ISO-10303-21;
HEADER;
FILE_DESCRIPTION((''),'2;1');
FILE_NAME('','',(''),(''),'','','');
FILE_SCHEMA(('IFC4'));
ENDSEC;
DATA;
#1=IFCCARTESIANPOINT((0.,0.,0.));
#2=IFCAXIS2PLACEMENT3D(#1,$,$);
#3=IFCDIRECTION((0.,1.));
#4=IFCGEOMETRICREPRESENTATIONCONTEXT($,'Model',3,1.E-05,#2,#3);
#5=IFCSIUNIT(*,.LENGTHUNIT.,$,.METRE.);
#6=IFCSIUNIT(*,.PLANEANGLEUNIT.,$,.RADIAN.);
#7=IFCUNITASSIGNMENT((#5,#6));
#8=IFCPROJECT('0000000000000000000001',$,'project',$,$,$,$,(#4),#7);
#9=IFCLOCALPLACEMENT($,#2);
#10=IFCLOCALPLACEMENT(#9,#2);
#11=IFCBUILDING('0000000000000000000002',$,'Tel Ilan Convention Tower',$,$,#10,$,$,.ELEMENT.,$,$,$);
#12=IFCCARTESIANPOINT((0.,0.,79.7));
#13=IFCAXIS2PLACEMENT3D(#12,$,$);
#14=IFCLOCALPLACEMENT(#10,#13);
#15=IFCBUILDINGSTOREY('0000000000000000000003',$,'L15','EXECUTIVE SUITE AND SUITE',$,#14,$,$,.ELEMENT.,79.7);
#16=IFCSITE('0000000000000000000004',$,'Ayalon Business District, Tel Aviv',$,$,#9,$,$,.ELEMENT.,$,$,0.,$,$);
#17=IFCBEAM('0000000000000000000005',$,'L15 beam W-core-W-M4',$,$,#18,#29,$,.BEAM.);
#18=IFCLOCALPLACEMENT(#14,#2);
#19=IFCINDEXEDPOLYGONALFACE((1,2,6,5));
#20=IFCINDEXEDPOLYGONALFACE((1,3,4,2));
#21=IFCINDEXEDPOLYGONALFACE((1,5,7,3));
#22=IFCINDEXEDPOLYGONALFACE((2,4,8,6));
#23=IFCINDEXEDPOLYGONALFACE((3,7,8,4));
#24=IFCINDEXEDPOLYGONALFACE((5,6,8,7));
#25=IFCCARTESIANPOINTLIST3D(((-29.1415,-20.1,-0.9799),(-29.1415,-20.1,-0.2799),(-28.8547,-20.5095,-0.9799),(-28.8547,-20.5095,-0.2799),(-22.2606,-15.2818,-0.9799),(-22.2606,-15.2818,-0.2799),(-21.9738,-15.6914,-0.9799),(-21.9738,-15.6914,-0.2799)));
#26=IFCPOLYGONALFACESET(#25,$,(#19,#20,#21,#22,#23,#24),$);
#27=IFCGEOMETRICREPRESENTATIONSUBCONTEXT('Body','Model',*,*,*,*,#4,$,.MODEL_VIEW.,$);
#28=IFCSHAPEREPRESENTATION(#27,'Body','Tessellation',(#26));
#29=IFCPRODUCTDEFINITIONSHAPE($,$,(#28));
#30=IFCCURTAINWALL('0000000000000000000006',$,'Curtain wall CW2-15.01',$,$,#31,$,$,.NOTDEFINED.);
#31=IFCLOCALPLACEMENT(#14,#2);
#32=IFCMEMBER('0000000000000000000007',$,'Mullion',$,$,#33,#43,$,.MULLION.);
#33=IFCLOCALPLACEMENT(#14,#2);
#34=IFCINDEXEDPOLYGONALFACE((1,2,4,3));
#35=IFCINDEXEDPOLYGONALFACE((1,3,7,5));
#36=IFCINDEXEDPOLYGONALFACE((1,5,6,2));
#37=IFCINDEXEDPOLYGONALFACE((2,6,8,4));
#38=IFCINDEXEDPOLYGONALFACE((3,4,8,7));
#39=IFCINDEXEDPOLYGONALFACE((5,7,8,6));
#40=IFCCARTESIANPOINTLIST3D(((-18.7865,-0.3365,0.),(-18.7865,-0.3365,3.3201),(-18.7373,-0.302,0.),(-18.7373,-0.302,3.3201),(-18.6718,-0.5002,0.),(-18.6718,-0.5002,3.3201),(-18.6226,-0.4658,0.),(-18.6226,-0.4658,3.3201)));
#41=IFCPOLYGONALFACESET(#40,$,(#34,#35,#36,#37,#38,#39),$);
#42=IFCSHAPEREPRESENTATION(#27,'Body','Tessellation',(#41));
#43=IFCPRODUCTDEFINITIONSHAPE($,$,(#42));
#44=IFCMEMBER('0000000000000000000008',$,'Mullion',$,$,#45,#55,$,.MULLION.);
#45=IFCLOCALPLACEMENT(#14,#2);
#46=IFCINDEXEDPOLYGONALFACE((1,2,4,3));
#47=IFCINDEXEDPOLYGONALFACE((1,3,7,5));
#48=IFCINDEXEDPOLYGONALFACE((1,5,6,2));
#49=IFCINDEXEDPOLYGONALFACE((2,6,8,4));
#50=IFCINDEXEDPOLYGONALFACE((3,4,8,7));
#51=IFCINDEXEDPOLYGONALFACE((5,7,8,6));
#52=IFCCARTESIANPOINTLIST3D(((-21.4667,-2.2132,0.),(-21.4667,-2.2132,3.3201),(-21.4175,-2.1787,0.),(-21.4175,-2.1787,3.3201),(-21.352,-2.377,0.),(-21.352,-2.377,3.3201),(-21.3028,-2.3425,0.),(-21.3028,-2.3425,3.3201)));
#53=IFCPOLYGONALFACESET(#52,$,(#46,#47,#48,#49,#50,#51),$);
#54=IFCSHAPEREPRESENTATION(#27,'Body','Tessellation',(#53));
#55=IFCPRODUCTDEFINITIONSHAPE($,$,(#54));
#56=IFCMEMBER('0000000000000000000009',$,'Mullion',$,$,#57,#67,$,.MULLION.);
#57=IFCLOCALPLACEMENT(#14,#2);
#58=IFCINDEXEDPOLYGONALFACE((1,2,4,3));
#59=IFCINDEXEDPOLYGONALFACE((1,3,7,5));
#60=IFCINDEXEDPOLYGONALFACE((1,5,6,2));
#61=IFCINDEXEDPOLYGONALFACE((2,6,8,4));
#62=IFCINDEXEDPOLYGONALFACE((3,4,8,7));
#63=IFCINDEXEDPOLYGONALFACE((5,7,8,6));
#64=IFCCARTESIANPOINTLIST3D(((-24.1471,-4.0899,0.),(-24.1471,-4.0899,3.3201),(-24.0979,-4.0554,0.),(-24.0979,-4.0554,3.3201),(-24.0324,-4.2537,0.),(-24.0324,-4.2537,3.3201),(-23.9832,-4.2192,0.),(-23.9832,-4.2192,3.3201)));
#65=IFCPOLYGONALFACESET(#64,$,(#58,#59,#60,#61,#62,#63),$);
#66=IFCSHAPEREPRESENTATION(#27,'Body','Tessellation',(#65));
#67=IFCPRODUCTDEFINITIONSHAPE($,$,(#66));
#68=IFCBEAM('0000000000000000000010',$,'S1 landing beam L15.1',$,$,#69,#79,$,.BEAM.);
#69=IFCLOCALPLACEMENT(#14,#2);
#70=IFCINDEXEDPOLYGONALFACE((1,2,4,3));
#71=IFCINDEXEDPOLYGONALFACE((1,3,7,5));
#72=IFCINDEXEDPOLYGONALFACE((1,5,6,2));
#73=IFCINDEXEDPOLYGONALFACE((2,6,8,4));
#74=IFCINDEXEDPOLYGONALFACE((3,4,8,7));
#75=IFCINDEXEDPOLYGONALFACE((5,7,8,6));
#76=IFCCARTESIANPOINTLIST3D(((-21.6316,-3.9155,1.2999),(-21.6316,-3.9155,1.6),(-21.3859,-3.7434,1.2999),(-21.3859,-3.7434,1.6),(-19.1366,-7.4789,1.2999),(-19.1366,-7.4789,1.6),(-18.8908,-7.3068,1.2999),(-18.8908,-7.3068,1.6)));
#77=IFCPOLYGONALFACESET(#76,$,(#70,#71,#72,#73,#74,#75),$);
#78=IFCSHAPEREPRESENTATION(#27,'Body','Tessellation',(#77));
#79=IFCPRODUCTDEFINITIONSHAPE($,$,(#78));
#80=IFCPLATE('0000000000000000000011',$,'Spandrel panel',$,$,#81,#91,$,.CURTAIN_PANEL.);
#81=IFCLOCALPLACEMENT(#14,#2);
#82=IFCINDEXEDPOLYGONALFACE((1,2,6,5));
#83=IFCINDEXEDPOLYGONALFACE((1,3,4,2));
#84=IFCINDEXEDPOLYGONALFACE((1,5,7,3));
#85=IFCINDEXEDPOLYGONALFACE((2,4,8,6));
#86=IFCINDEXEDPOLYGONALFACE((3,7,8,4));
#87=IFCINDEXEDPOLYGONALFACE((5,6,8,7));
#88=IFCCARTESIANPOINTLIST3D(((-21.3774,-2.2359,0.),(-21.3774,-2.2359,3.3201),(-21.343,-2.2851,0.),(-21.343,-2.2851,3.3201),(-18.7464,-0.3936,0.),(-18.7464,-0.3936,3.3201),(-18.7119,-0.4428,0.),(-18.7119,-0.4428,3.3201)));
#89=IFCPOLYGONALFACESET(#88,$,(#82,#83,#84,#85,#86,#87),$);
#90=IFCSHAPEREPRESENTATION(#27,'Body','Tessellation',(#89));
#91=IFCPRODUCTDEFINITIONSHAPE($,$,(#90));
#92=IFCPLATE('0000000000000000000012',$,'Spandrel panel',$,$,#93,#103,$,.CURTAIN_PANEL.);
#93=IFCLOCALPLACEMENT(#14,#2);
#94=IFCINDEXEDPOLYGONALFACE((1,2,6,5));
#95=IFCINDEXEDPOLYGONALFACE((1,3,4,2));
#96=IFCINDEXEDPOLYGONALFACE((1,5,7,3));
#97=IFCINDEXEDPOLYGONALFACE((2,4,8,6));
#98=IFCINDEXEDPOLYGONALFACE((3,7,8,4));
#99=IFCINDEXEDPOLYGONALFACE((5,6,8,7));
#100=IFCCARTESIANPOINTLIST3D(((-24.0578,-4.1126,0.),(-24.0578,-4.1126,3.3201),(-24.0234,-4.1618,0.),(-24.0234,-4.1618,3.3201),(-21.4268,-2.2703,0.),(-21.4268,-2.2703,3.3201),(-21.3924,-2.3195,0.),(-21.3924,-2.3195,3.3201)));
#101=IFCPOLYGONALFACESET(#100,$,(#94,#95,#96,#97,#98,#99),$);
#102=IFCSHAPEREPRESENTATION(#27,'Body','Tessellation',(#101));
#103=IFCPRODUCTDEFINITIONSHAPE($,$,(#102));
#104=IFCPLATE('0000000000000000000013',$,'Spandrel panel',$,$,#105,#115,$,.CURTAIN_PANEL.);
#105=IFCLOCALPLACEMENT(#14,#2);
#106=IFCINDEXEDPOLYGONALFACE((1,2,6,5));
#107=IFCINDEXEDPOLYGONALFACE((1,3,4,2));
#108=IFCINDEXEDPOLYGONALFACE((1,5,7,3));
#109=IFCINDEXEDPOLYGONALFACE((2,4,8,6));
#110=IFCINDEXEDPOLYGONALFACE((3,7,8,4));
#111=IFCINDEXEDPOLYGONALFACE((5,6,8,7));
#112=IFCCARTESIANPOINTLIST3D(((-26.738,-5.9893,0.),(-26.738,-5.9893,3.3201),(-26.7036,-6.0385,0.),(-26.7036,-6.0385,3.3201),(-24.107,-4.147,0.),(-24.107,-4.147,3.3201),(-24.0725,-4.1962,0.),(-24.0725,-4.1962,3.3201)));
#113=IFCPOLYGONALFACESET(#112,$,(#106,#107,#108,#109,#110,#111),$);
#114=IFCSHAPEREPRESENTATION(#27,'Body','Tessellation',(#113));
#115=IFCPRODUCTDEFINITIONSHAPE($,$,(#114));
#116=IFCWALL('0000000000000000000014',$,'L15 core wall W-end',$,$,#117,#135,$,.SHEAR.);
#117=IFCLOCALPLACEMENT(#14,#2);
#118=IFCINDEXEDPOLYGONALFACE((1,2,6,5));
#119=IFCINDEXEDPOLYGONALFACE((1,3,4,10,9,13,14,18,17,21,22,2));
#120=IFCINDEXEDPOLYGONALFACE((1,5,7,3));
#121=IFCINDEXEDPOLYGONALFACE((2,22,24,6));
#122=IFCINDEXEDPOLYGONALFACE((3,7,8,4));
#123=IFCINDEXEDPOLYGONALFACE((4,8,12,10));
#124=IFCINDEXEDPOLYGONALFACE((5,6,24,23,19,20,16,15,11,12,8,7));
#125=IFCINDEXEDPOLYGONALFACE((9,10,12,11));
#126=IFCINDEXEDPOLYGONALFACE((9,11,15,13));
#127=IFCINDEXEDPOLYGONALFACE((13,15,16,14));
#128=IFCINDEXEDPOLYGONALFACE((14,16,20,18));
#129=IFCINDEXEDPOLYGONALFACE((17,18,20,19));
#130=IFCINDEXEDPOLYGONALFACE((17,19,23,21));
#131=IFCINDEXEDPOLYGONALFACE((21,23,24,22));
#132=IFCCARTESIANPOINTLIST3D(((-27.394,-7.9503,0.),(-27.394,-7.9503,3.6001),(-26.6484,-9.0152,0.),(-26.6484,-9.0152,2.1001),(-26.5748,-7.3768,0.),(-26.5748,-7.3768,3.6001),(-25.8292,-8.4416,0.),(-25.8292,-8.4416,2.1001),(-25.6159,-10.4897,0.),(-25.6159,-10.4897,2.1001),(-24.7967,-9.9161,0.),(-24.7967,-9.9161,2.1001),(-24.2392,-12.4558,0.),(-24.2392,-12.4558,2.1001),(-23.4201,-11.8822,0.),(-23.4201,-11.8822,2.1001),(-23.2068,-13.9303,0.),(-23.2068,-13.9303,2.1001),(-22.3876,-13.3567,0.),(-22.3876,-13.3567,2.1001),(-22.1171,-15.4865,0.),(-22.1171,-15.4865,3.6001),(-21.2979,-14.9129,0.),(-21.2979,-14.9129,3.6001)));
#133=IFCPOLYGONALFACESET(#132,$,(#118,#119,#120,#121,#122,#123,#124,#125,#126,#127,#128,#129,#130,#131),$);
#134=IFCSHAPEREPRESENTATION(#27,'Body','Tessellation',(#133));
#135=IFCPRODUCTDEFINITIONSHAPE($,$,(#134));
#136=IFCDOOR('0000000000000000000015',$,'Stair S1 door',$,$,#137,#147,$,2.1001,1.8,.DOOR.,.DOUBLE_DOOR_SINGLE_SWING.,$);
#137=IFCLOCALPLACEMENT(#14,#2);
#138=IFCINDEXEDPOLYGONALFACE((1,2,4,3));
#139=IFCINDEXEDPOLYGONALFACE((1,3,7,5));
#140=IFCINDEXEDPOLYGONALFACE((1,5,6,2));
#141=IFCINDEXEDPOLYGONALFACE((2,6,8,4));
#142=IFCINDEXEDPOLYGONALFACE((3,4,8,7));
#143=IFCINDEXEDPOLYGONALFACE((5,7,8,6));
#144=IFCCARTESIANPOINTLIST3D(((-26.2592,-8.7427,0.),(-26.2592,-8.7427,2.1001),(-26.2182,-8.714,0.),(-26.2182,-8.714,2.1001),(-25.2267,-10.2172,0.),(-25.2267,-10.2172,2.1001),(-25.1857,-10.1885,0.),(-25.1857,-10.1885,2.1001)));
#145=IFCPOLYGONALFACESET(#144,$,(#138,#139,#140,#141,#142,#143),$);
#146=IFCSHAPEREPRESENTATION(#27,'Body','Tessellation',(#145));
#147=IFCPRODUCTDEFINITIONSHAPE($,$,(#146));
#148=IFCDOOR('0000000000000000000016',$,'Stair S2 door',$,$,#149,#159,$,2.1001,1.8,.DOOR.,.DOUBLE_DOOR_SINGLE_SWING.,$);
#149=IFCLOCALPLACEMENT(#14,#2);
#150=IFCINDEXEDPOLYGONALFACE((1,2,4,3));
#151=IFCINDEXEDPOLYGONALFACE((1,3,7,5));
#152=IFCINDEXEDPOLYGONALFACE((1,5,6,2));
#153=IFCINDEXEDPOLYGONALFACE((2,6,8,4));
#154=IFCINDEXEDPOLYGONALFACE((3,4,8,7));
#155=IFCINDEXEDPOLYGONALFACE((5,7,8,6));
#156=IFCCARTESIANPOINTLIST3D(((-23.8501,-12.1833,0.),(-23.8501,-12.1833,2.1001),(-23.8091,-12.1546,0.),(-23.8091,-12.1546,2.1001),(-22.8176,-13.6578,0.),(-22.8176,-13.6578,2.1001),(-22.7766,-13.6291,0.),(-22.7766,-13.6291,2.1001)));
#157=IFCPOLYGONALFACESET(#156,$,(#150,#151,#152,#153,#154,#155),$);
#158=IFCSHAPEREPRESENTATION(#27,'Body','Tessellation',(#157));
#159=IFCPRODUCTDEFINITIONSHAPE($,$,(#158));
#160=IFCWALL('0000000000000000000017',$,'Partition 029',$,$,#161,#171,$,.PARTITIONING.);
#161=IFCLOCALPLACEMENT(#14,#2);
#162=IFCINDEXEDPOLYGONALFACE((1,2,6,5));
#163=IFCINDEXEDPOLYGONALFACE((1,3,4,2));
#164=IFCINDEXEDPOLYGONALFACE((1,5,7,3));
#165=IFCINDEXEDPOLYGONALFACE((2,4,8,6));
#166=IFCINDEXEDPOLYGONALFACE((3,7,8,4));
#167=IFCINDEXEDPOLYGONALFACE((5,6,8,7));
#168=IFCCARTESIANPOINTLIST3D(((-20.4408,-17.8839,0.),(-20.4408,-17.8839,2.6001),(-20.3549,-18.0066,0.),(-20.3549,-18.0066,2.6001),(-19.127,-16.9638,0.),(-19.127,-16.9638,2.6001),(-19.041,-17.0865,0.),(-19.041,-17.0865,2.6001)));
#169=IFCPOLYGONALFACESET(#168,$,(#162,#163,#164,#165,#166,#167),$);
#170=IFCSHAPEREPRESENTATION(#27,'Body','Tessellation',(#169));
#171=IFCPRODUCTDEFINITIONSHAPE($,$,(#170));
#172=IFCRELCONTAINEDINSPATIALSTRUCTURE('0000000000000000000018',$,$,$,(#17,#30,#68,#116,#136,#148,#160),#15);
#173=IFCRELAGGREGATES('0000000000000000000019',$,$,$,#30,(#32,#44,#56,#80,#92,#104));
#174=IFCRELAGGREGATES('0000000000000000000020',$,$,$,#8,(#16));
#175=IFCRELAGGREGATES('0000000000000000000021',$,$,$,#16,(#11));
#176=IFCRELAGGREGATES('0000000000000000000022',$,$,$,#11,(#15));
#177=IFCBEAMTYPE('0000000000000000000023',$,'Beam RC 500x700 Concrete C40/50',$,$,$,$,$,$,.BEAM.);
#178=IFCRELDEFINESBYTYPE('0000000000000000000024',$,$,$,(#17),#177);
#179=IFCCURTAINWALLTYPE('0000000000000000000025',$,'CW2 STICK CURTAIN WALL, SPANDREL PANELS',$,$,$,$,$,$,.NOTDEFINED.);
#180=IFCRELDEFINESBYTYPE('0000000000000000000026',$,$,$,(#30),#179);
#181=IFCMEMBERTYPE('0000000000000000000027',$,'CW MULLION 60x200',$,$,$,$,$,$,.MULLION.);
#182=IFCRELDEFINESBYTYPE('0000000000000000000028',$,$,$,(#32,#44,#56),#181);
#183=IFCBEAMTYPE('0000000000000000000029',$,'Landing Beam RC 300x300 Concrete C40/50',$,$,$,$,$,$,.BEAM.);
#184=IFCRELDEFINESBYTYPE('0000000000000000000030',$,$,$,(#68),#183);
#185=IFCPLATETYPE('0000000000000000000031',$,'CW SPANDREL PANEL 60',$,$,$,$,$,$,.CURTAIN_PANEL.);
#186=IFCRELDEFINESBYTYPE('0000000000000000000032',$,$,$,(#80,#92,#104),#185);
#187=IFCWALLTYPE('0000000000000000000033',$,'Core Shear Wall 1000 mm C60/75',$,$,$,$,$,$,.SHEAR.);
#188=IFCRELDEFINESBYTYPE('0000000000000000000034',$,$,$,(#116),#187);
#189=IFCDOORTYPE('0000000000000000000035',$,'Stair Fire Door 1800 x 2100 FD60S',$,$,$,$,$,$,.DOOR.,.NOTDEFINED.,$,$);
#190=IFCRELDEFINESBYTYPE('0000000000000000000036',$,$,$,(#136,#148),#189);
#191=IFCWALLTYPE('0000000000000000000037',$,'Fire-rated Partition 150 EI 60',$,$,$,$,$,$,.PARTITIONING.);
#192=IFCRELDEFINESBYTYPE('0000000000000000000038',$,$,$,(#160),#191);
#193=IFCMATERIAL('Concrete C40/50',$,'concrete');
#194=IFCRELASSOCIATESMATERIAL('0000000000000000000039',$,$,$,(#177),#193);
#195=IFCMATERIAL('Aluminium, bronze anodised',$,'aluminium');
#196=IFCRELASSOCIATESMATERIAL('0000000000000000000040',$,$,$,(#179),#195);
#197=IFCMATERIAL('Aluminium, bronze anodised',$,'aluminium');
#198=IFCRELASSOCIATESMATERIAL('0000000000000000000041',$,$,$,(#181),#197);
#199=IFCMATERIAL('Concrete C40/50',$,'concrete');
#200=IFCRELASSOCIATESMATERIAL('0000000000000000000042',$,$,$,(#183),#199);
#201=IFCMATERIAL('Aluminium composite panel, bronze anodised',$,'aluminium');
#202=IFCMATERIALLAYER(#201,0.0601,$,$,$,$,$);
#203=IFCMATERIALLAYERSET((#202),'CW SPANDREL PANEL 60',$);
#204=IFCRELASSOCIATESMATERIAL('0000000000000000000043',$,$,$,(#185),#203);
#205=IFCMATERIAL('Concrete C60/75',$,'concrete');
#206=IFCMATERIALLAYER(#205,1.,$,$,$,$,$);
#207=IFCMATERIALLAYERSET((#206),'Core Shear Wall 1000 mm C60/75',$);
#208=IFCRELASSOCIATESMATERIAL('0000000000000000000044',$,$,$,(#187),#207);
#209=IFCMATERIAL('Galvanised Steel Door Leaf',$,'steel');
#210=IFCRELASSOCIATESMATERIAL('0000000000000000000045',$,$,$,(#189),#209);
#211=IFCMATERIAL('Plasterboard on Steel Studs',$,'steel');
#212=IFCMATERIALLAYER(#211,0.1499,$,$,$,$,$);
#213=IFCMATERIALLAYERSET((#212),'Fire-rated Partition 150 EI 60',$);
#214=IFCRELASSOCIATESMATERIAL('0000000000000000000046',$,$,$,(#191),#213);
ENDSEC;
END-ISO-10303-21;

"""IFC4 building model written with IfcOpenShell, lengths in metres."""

from ifc_helpers import new_model, si_unit, direction, frame, frame_2d, origin, origin_2d, place, context, subcontext, project, spatial, polyline, rectangle, outline, extrude, material, layer, layer_set, material_profile, profile_set, type_object, element, fill, aggregate, save


model = new_model("IFC4")

# Units and contexts
model_context = context("Model", 3, precision=1e-05, world=origin(), true_north=direction((0.0, 1.0)))
body_context = subcontext(model_context, "Body", "Model", "MODEL_VIEW")
ifc_project = project(units=[si_unit("LENGTHUNIT", "METRE"), si_unit("PLANEANGLEUNIT", "RADIAN")], contexts=[model_context])

# Site, building, storey
site_placement = place(None, origin())
site = spatial("IfcSite", under=ifc_project, at=site_placement, Name="Ayalon Business District, Tel Aviv", CompositionType="ELEMENT", RefElevation=0.0)
building_placement = place(site_placement, origin())
building = spatial("IfcBuilding", under=site, at=building_placement, Name="Tel Ilan Convention Tower", CompositionType="ELEMENT")
storey_placement = place(building_placement, frame((0.0, 0.0, 79.7)))
storey = spatial("IfcBuildingStorey", under=building, at=storey_placement, Name="L15", Description="EXECUTIVE SUITE AND SUITE", CompositionType="ELEMENT", Elevation=79.7)

# Beam
ifc_material_1 = material(Name="Concrete C40/50", Category="concrete")
ifc_material_profile_1 = material_profile(ifc_material_1, rectangle(XDim=0.5, YDim=0.7, at=origin_2d()), Name="RC 500x700")
ifc_profile_set_1 = profile_set([ifc_material_profile_1], Name="Concrete C40/50")
beam_type_1 = type_object("IfcBeamType", Name="Beam RC 500x700 Concrete C40/50", PredefinedType="BEAM", material=ifc_profile_set_1)
beam_1_placement = place(storey_placement, frame((-22.1172, -15.4866, -0.6299), z_axis=(-0.819147, -0.573583, 0.0), x_axis=(0.573583, -0.819147, 0.0)))
element("IfcBeam", 1, at=beam_1_placement, inside=storey, type_object=beam_type_1, Name="L15 beam W-core-W-M4", PredefinedType="BEAM", context=body_context, shape_type="SweptSolid", body=[
    extrude(rectangle(XDim=0.5, YDim=0.7, at=origin_2d()), origin(), (0.0, 0.0, 1.0), 8.4001),
])

# Curtain wall, members
ifc_material_2 = material(Name="Aluminium, bronze anodised", Category="aluminium")
curtain_wall_type = type_object("IfcCurtainWallType", Name="CW2 STICK CURTAIN WALL, SPANDREL PANELS", PredefinedType="NOTDEFINED", material=ifc_material_2)
curtain_wall_placement = place(storey_placement, origin())
curtain_wall = element("IfcCurtainWall", 2, at=curtain_wall_placement, inside=storey, type_object=curtain_wall_type, Name="Curtain wall CW2-15.01", PredefinedType="NOTDEFINED")
ifc_material_3 = material(Name="Aluminium, bronze anodised", Category="aluminium")
ifc_material_profile_2 = material_profile(ifc_material_3, rectangle(XDim=0.0601, YDim=0.2, at=origin_2d()), Name="CW MULLION 60x200")
ifc_profile_set_2 = profile_set([ifc_material_profile_2], Name="Aluminium, bronze anodised")
member_type = type_object("IfcMemberType", Name="CW MULLION 60x200", PredefinedType="MULLION", material=ifc_profile_set_2)
member_1_placement = place(storey_placement, frame((-18.7046, -0.4011, 0.0), z_axis=(0.0, 0.0, 1.0), x_axis=(-0.819152, -0.573576, 0.0)))
member_1 = element("IfcMember", 3, at=member_1_placement, type_object=member_type, Name="Mullion", PredefinedType="MULLION", context=body_context, shape_type="SweptSolid", body=[
    extrude(rectangle(XDim=0.0601, YDim=0.2, at=origin_2d()), origin(), (0.0, 0.0, 1.0), 3.3201),
])
member_2_placement = place(storey_placement, frame((-21.3848, -2.2778, 0.0), z_axis=(0.0, 0.0, 1.0), x_axis=(-0.819152, -0.573576, 0.0)))
member_2 = element("IfcMember", 4, at=member_2_placement, type_object=member_type, Name="Mullion", PredefinedType="MULLION", context=body_context, shape_type="SweptSolid", body=[
    extrude(rectangle(XDim=0.0601, YDim=0.2, at=origin_2d()), origin(), (0.0, 0.0, 1.0), 3.3201),
])
member_3_placement = place(storey_placement, frame((-24.0652, -4.1545, 0.0), z_axis=(0.0, 0.0, 1.0), x_axis=(-0.819152, -0.573576, 0.0)))
member_3 = element("IfcMember", 5, at=member_3_placement, type_object=member_type, Name="Mullion", PredefinedType="MULLION", context=body_context, shape_type="SweptSolid", body=[
    extrude(rectangle(XDim=0.0601, YDim=0.2, at=origin_2d()), origin(), (0.0, 0.0, 1.0), 3.3201),
])

# Beam
ifc_material_4 = material(Name="Concrete C40/50", Category="concrete")
ifc_material_profile_3 = material_profile(ifc_material_4, rectangle(XDim=0.3, YDim=0.3, at=origin_2d()), Name="RC 300x300")
ifc_profile_set_3 = profile_set([ifc_material_profile_3], Name="Concrete C40/50")
beam_type_2 = type_object("IfcBeamType", Name="Landing Beam RC 300x300 Concrete C40/50", PredefinedType="BEAM", material=ifc_profile_set_3)
beam_2_placement = place(storey_placement, frame((-19.0137, -7.3928, 1.45), z_axis=(-0.573568, 0.819158, 0.0), x_axis=(-0.819158, -0.573568, 0.0)))
element("IfcBeam", 6, at=beam_2_placement, inside=storey, type_object=beam_type_2, Name="S1 landing beam L15.1", PredefinedType="BEAM", context=body_context, shape_type="SweptSolid", body=[
    extrude(rectangle(XDim=0.3, YDim=0.3, at=origin_2d()), origin(), (0.0, 0.0, 1.0), 4.3501),
])

# Plates
ifc_material_5 = material(Name="Aluminium composite panel, bronze anodised", Category="aluminium")
ifc_layer_1 = layer(ifc_material_5, 0.0601)
ifc_layer_set_1 = layer_set([ifc_layer_1], Name="CW SPANDREL PANEL 60")
plate_type = type_object("IfcPlateType", Name="CW SPANDREL PANEL 60", PredefinedType="CURTAIN_PANEL", material=ifc_layer_set_1)
plate_1_placement = place(storey_placement, frame((-20.0447, -1.3394, 0.0), z_axis=(0.0, 0.0, 1.0), x_axis=(-0.819152, -0.573576, 0.0)))
plate_1 = element("IfcPlate", 7, at=plate_1_placement, type_object=plate_type, Name="Spandrel panel", PredefinedType="CURTAIN_PANEL", context=body_context, shape_type="SweptSolid", body=[
    extrude(rectangle(XDim=3.2119, YDim=0.0601, at=origin_2d()), origin(), (0.0, 0.0, 1.0), 3.3201),
])
plate_2_placement = place(storey_placement, frame((-22.7251, -3.2161, 0.0), z_axis=(0.0, 0.0, 1.0), x_axis=(-0.819152, -0.573576, 0.0)))
plate_2 = element("IfcPlate", 8, at=plate_2_placement, type_object=plate_type, Name="Spandrel panel", PredefinedType="CURTAIN_PANEL", context=body_context, shape_type="SweptSolid", body=[
    extrude(rectangle(XDim=3.2119, YDim=0.0601, at=origin_2d()), origin(), (0.0, 0.0, 1.0), 3.3201),
])
plate_3_placement = place(storey_placement, frame((-25.4053, -5.0928, 0.0), z_axis=(0.0, 0.0, 1.0), x_axis=(-0.819152, -0.573576, 0.0)))
plate_3 = element("IfcPlate", 9, at=plate_3_placement, type_object=plate_type, Name="Spandrel panel", PredefinedType="CURTAIN_PANEL", context=body_context, shape_type="SweptSolid", body=[
    extrude(rectangle(XDim=3.2119, YDim=0.0601, at=origin_2d()), origin(), (0.0, 0.0, 1.0), 3.3201),
])
aggregate(curtain_wall, [member_1, member_2, member_3, plate_1, plate_2, plate_3])

# Wall, openings, doors
ifc_material_6 = material(Name="Concrete C60/75", Category="concrete")
ifc_layer_2 = layer(ifc_material_6, 1.0)
ifc_layer_set_2 = layer_set([ifc_layer_2], Name="Core Shear Wall 1000 mm C60/75")
wall_type_1 = type_object("IfcWallType", Name="Core Shear Wall 1000 mm C60/75", PredefinedType="SHEAR", material=ifc_layer_set_2)
wall_1_placement = place(storey_placement, frame((-21.7075, -15.1997, 0.0), z_axis=(0.0, 0.0, 1.0), x_axis=(-0.573576, 0.819152, 0.0)))
wall_1 = element("IfcWall", 10, at=wall_1_placement, inside=storey, type_object=wall_type_1, Name="L15 core wall W-end", PredefinedType="SHEAR", context=body_context, shape_type="SweptSolid", body=[
    extrude(outline(polyline([(0.0, 0.5), (0.0, -0.5), (9.2, -0.5), (9.2, 0.5), (0.0, 0.5)])), origin(), (0.0, 0.0, 1.0), 3.6001),
])
opening_1_placement = place(wall_1_placement, frame((6.1001, 0.0, 0.0)))
opening_1 = element("IfcOpeningElement", 11, at=opening_1_placement, cuts=wall_1, PredefinedType="OPENING", context=body_context, shape_type="SweptSolid", body=[
    extrude(rectangle(XDim=1.8, YDim=2.1001, at=frame_2d((0.8999, 1.05))), frame((0.0, 0.51, 0.0), z_axis=(0.0, -1.0, 0.0), x_axis=(1.0, 0.0, 0.0)), (0.0, 0.0, 1.0), 1.02),
])
opening_2_placement = place(wall_1_placement, frame((1.8999, 0.0, 0.0)))
opening_2 = element("IfcOpeningElement", 12, at=opening_2_placement, cuts=wall_1, PredefinedType="OPENING", context=body_context, shape_type="SweptSolid", body=[
    extrude(rectangle(XDim=1.8, YDim=2.1001, at=frame_2d((0.8999, 1.05))), frame((0.0, 0.51, 0.0), z_axis=(0.0, -1.0, 0.0), x_axis=(1.0, 0.0, 0.0)), (0.0, 0.0, 1.0), 1.02),
])
ifc_material_7 = material(Name="Galvanised Steel Door Leaf", Category="steel")
door_type = type_object("IfcDoorType", Name="Stair Fire Door 1800 x 2100 FD60S", OperationType="NOTDEFINED", PredefinedType="DOOR", material=ifc_material_7)
door_1_placement = place(opening_1_placement, origin())
door_1 = element("IfcDoor", 13, at=door_1_placement, inside=storey, type_object=door_type, Name="Stair S1 door", OperationType="DOUBLE_DOOR_SINGLE_SWING", OverallHeight=2.1001, OverallWidth=1.8, PredefinedType="DOOR", context=body_context, shape_type="SweptSolid", body=[
    extrude(rectangle(XDim=1.8, YDim=2.1001, at=frame_2d((0.8999, 1.05))), frame((0.0, 0.0249, 0.0), z_axis=(0.0, -1.0, 0.0), x_axis=(1.0, 0.0, 0.0)), (0.0, 0.0, 1.0), 0.05),
])
fill(opening_1, door_1)
door_2_placement = place(opening_2_placement, origin())
door_2 = element("IfcDoor", 14, at=door_2_placement, inside=storey, type_object=door_type, Name="Stair S2 door", OperationType="DOUBLE_DOOR_SINGLE_SWING", OverallHeight=2.1001, OverallWidth=1.8, PredefinedType="DOOR", context=body_context, shape_type="SweptSolid", body=[
    extrude(rectangle(XDim=1.8, YDim=2.1001, at=frame_2d((0.8999, 1.05))), frame((0.0, 0.0249, 0.0), z_axis=(0.0, -1.0, 0.0), x_axis=(1.0, 0.0, 0.0)), (0.0, 0.0, 1.0), 0.05),
])
fill(opening_2, door_2)

# Wall
ifc_material_8 = material(Name="Plasterboard on Steel Studs", Category="steel")
ifc_layer_3 = layer(ifc_material_8, 0.1499)
ifc_layer_set_3 = layer_set([ifc_layer_3], Name="Fire-rated Partition 150 EI 60")
wall_type_2 = type_object("IfcWallType", Name="Fire-rated Partition 150 EI 60", PredefinedType="PARTITIONING", material=ifc_layer_set_3)
wall_2_placement = place(storey_placement, frame((-19.084, -17.0251, 0.0), z_axis=(0.0, 0.0, 1.0), x_axis=(-0.819118, -0.573626, 0.0)))
element("IfcWall", 15, at=wall_2_placement, inside=storey, type_object=wall_type_2, Name="Partition 029", PredefinedType="PARTITIONING", context=body_context, shape_type="SweptSolid", body=[
    extrude(rectangle(XDim=1.604, YDim=0.1499, at=frame_2d((0.802, 0.0))), origin(), (0.0, 0.0, 1.0), 2.6001),
])

save(model, "model.ifc")
